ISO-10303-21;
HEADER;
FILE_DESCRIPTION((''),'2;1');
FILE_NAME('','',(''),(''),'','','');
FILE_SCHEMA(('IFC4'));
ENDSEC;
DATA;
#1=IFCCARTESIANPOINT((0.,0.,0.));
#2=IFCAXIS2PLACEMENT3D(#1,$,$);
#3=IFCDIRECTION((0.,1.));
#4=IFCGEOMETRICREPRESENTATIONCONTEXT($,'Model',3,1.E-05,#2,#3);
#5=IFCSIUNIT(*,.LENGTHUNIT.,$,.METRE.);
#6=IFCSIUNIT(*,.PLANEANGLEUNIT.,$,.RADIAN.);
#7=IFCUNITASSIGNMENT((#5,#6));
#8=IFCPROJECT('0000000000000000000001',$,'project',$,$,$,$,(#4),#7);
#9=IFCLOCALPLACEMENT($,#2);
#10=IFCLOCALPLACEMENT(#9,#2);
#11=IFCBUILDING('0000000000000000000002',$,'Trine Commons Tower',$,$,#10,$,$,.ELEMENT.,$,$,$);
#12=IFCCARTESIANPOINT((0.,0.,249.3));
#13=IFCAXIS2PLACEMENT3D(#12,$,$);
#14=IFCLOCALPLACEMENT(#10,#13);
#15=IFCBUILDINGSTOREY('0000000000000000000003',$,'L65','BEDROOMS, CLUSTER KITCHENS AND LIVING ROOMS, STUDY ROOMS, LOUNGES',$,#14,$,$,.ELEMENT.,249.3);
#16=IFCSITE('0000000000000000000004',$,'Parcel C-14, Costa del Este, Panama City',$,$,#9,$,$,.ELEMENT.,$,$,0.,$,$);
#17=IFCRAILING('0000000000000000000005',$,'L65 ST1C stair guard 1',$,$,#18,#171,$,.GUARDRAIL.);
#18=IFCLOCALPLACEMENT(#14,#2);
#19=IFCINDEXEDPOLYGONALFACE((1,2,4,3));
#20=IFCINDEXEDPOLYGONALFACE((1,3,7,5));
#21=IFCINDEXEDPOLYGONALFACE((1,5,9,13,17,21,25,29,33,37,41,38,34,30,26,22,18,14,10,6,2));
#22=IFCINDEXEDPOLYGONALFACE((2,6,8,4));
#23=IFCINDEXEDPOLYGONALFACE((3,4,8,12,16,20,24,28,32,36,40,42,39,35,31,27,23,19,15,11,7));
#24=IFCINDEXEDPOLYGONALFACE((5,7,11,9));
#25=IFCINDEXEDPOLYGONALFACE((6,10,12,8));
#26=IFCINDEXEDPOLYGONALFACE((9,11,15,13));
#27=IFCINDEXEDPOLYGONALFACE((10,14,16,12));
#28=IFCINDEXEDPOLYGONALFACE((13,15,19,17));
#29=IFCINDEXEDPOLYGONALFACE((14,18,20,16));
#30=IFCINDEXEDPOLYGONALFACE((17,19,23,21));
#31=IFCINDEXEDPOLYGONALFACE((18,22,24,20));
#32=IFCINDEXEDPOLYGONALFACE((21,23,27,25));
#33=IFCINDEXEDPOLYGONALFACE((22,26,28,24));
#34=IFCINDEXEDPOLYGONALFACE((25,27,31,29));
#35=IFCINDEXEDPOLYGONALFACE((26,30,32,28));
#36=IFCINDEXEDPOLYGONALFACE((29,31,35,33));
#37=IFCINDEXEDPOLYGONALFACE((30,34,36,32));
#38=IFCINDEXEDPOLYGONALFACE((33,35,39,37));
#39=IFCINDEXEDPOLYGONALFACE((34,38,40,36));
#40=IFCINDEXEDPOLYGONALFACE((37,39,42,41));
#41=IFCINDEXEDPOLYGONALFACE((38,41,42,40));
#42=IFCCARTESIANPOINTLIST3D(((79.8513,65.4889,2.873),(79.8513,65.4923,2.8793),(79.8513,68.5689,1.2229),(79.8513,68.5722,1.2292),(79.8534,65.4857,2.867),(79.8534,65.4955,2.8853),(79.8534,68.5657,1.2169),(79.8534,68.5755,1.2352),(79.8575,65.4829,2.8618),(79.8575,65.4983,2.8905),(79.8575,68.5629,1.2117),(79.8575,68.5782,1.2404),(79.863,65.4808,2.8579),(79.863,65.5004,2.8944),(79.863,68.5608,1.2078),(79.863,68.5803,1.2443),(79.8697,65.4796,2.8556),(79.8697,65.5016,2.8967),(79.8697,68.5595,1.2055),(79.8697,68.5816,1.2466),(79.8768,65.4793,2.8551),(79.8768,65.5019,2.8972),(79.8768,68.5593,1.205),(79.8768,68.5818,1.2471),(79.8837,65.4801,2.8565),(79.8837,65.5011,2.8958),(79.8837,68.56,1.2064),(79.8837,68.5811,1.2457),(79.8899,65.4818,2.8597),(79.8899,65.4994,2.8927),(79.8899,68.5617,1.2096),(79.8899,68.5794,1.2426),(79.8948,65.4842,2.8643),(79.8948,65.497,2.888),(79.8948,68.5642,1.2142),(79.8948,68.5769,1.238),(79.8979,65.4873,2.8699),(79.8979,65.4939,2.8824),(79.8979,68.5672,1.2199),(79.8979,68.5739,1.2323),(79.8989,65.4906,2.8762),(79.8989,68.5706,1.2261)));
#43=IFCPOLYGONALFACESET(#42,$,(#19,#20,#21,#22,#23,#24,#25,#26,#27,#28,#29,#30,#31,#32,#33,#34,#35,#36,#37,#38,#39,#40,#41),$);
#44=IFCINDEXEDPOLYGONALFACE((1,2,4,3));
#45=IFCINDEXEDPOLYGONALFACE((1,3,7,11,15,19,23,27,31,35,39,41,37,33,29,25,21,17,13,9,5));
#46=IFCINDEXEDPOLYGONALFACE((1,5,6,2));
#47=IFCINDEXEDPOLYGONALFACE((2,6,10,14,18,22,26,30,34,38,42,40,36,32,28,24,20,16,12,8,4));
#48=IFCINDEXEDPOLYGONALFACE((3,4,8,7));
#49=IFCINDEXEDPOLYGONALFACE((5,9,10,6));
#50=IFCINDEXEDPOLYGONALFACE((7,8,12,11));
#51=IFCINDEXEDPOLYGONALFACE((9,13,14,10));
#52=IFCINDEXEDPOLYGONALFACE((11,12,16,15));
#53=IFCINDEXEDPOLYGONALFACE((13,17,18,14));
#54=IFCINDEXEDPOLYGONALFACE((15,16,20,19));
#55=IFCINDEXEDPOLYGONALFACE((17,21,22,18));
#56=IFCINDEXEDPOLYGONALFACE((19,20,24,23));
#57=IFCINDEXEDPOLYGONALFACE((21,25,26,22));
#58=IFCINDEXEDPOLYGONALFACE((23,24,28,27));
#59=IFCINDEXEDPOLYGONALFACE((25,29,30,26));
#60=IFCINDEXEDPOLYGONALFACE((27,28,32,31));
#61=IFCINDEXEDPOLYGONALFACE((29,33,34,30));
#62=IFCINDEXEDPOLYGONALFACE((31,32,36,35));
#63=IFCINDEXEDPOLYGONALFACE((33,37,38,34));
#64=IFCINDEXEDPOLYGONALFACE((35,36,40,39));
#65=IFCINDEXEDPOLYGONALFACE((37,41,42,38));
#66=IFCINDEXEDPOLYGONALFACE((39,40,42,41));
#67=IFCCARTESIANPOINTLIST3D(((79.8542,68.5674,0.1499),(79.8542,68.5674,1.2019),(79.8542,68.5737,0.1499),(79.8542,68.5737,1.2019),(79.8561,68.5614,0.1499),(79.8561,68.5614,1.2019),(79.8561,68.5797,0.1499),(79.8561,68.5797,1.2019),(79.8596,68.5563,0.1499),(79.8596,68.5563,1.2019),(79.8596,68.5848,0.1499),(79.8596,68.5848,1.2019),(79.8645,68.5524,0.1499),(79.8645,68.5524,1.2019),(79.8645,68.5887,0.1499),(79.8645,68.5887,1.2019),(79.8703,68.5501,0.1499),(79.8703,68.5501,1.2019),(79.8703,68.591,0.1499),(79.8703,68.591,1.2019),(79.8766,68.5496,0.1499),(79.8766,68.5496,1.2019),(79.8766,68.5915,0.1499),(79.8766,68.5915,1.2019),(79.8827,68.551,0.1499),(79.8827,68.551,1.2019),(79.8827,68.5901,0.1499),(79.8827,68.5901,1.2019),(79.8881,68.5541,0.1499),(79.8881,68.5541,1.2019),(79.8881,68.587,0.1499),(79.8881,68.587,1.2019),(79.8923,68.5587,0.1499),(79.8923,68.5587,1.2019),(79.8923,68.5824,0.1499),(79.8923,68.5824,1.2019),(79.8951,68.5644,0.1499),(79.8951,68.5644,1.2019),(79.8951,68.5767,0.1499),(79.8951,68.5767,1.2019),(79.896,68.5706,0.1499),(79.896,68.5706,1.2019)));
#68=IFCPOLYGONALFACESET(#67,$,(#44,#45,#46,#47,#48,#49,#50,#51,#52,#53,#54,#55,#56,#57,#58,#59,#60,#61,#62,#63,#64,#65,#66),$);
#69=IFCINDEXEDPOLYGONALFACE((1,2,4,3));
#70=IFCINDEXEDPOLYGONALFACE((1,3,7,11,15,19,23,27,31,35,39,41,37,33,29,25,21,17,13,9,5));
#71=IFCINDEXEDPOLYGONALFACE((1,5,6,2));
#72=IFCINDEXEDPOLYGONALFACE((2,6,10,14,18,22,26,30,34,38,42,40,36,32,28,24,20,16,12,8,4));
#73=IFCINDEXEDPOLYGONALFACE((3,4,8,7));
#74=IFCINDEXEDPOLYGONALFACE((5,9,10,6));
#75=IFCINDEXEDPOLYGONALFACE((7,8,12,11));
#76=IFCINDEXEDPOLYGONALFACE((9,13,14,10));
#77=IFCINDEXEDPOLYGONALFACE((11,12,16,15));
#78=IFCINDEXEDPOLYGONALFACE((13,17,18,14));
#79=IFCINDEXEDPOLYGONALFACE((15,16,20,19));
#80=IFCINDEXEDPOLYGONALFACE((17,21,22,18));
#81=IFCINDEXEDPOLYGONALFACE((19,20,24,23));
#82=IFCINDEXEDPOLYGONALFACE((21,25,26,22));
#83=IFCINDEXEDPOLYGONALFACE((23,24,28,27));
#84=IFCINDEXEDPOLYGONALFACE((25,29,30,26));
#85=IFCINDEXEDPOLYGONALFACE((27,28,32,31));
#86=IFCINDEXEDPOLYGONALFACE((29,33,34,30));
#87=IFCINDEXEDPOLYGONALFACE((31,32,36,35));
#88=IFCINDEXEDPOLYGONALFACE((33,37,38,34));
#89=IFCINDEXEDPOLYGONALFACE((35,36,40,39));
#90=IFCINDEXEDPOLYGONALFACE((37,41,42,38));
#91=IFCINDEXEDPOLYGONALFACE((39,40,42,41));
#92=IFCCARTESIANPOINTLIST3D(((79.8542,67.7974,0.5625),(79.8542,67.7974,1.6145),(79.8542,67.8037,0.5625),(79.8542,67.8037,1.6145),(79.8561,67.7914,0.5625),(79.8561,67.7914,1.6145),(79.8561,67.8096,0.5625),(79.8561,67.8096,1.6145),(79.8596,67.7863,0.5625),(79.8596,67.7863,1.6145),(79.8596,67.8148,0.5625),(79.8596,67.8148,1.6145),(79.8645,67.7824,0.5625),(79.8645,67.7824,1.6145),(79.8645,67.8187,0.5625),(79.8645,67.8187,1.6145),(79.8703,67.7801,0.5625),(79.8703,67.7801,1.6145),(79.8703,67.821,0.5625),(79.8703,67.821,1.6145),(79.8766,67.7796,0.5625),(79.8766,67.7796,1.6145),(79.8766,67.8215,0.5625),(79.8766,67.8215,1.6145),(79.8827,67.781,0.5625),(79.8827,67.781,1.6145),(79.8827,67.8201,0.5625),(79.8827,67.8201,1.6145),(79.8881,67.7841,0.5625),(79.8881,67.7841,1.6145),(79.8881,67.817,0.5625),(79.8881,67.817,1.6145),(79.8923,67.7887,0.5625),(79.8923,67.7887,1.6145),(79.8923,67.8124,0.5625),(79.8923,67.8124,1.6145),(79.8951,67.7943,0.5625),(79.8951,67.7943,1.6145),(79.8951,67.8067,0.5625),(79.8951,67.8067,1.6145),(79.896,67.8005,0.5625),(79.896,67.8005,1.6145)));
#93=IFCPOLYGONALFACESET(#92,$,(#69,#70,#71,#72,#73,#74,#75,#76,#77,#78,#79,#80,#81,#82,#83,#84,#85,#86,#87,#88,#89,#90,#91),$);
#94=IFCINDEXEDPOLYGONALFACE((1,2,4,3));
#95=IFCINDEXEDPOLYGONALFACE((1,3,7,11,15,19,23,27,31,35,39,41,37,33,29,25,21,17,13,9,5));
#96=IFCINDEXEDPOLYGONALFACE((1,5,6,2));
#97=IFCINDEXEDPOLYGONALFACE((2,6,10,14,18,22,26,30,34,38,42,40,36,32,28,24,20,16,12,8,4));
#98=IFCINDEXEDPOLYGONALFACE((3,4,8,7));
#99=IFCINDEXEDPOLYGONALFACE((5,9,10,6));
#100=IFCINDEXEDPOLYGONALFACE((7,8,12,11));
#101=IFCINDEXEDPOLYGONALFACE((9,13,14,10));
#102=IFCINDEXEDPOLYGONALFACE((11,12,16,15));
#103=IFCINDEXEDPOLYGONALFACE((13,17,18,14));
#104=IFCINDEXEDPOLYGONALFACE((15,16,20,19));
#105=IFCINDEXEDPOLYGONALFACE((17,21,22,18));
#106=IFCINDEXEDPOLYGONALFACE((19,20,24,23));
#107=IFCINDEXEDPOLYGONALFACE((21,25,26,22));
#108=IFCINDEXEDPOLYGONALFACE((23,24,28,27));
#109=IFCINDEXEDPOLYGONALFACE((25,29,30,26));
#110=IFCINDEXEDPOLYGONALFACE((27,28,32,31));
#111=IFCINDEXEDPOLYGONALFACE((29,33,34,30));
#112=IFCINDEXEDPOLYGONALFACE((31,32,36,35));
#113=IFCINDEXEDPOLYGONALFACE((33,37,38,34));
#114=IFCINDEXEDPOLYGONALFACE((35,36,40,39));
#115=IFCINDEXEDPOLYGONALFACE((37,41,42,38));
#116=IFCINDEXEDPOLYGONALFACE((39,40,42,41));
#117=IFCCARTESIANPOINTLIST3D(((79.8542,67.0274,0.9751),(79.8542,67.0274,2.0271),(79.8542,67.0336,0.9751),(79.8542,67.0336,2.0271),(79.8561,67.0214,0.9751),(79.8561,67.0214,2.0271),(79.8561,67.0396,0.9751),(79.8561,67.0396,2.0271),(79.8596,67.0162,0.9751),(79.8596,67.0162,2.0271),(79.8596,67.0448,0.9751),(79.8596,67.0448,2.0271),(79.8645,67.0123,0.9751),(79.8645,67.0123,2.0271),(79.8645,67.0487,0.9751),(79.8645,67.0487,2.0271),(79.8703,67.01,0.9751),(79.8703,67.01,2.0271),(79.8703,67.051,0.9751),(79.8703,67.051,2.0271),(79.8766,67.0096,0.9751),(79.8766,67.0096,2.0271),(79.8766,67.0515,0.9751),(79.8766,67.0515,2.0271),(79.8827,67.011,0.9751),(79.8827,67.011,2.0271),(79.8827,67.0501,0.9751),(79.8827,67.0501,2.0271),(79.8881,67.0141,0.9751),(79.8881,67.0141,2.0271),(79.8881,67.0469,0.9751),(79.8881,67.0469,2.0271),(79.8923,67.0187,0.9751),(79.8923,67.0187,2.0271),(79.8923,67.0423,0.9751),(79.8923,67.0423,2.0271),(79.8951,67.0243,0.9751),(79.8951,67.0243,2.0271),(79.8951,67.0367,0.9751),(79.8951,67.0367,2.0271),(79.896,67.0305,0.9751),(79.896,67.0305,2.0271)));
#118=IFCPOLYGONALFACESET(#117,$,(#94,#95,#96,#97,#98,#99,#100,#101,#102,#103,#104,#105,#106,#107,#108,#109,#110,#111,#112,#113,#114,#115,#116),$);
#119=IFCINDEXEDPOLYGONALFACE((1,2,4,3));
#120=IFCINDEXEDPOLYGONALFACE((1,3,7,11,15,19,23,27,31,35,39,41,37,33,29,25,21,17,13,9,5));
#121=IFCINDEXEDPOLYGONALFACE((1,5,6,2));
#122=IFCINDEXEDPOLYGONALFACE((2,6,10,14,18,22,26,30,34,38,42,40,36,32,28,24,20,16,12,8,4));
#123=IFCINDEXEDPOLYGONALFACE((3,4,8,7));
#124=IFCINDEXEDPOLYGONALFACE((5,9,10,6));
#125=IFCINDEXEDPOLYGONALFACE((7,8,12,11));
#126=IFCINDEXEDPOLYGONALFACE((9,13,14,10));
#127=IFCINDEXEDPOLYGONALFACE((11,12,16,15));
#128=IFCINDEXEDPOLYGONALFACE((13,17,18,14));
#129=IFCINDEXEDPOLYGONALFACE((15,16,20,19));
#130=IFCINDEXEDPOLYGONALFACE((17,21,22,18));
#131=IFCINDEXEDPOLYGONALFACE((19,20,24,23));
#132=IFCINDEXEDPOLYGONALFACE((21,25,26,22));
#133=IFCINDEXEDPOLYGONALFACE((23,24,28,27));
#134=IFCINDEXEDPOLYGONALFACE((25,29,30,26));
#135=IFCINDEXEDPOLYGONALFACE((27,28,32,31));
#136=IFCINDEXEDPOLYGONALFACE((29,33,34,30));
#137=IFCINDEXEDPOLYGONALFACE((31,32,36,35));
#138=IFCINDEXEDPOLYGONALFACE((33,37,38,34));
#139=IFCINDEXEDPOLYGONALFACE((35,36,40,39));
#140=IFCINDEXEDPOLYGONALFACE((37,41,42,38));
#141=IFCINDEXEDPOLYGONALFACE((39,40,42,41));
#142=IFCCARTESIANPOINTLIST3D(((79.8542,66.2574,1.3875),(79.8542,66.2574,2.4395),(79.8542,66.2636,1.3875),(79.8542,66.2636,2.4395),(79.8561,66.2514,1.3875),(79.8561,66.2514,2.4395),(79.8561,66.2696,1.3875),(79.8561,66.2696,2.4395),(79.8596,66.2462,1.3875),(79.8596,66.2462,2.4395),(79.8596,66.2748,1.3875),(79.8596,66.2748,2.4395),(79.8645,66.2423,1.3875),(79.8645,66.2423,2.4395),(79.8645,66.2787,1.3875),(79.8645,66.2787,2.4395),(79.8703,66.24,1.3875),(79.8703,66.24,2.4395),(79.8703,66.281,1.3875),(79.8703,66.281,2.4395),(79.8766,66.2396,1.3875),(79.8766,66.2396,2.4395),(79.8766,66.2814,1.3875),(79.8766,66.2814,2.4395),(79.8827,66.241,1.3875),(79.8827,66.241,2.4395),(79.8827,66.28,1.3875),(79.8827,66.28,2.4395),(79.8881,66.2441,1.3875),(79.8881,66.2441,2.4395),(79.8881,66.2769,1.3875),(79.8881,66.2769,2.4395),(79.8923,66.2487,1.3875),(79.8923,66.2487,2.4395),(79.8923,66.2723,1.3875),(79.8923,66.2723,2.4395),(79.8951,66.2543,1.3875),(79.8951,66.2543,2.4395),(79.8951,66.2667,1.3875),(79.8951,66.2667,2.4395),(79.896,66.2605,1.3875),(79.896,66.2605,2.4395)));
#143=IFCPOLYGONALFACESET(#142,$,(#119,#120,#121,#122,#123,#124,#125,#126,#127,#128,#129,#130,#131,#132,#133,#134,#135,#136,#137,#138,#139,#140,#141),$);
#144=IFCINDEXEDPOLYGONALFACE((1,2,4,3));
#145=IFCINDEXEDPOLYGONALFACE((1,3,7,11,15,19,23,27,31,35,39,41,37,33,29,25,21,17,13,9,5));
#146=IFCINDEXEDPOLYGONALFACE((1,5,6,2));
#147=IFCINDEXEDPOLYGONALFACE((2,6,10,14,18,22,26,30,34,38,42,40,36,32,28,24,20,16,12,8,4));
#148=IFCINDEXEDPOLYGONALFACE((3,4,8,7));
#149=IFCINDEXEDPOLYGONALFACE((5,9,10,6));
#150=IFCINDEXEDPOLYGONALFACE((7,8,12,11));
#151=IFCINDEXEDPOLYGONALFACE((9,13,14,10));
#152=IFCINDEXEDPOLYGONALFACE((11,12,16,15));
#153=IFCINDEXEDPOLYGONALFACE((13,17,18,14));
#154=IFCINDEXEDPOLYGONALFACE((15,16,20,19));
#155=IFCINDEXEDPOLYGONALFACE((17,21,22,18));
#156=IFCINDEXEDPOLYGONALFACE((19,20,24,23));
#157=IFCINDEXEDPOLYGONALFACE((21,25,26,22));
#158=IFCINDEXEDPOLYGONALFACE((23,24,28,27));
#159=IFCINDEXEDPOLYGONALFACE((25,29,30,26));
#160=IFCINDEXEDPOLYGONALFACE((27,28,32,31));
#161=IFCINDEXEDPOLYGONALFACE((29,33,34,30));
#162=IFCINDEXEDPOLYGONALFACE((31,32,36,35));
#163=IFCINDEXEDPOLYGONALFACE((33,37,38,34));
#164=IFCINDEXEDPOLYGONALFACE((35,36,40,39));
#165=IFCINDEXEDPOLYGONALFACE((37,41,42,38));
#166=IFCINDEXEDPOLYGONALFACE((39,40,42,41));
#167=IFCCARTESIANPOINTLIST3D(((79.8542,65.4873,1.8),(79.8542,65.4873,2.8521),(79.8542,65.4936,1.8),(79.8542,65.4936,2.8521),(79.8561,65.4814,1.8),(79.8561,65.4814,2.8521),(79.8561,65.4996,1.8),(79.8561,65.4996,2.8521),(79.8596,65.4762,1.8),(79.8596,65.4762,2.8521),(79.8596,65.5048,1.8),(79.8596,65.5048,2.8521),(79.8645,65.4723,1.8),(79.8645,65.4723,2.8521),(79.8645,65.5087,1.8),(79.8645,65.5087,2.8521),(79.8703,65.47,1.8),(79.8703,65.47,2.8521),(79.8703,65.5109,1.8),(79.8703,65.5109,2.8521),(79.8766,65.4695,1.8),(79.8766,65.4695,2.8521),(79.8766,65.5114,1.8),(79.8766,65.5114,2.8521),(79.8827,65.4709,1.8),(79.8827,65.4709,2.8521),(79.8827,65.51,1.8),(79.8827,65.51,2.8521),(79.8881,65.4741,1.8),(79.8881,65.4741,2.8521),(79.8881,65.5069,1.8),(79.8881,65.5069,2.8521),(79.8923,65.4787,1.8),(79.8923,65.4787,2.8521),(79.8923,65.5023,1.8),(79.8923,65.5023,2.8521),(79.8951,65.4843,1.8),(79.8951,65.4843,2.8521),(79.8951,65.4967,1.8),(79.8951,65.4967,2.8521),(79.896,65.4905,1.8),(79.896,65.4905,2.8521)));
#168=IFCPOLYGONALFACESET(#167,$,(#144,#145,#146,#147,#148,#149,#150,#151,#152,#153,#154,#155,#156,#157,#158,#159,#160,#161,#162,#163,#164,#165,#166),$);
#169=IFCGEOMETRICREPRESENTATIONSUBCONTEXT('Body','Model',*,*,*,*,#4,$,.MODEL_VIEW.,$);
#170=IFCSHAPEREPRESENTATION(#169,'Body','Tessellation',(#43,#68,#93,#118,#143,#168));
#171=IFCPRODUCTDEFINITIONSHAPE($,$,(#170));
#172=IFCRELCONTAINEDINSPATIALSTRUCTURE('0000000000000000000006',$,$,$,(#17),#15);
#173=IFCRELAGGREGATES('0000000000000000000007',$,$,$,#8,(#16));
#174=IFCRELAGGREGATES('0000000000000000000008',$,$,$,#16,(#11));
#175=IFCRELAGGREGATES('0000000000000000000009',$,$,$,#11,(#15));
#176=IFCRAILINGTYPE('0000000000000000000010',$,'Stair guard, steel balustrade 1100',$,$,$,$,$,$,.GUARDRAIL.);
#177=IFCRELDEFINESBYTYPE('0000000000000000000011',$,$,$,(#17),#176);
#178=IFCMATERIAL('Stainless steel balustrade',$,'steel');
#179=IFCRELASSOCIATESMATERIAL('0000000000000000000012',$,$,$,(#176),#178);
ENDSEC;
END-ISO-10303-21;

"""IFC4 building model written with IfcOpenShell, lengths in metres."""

from ifc_helpers import new_model, si_unit, direction, frame, origin, origin_2d, place, context, subcontext, project, spatial, circle, extrude, material, type_object, element, save


model = new_model("IFC4")

# Units and contexts
model_context = context("Model", 3, precision=1e-05, world=origin(), true_north=direction((0.0, 1.0)))
body_context = subcontext(model_context, "Body", "Model", "MODEL_VIEW")
ifc_project = project(units=[si_unit("LENGTHUNIT", "METRE"), si_unit("PLANEANGLEUNIT", "RADIAN")], contexts=[model_context])

# Site, building, storey
site_placement = place(None, origin())
site = spatial("IfcSite", under=ifc_project, at=site_placement, Name="Parcel C-14, Costa del Este, Panama City", CompositionType="ELEMENT", RefElevation=0.0)
building_placement = place(site_placement, origin())
building = spatial("IfcBuilding", under=site, at=building_placement, Name="Trine Commons Tower", CompositionType="ELEMENT")
storey_placement = place(building_placement, frame((0.0, 0.0, 249.3)))
storey = spatial("IfcBuildingStorey", under=building, at=storey_placement, Name="L65", Description="BEDROOMS, CLUSTER KITCHENS AND LIVING ROOMS, STUDY ROOMS, LOUNGES", CompositionType="ELEMENT", Elevation=249.3)

# Railing
ifc_material_1 = material(Name="Stainless steel balustrade", Category="steel")
railing_type_1 = type_object("IfcRailingType", Name="Stair guard, steel balustrade 1100", PredefinedType="GUARDRAIL", material=ifc_material_1)
railing_1_placement = place(storey_placement, frame((79.875, 68.5706, 0.1499)))
element("IfcRailing", 1, at=railing_1_placement, inside=storey, type_object=railing_type_1, Name="L65 ST1C stair guard 1", PredefinedType="GUARDRAIL", context=body_context, shape_type="SweptSolid", body=[
    extrude(circle(Radius=0.0239, at=origin_2d()), frame((0.0, 0.0, 1.0762), z_axis=(0.0, -0.881468, 0.472245), x_axis=(1.0, 0.0, 0.0)), (0.0, 0.0, 1.0), 3.4941),
    extrude(circle(Radius=0.021, at=origin_2d()), origin(), (0.0, 0.0, 1.0), 1.052),
    extrude(circle(Radius=0.021, at=origin_2d()), frame((0.0, -0.77, 0.4126)), (0.0, 0.0, 1.0), 1.052),
    extrude(circle(Radius=0.021, at=origin_2d()), frame((0.0, -1.54, 0.8252)), (0.0, 0.0, 1.0), 1.052),
    extrude(circle(Radius=0.021, at=origin_2d()), frame((0.0, -2.3101, 1.2375)), (0.0, 0.0, 1.0), 1.052),
    extrude(circle(Radius=0.021, at=origin_2d()), frame((0.0, -3.0801, 1.6501)), (0.0, 0.0, 1.0), 1.052),
])

save(model, "model.ifc")
